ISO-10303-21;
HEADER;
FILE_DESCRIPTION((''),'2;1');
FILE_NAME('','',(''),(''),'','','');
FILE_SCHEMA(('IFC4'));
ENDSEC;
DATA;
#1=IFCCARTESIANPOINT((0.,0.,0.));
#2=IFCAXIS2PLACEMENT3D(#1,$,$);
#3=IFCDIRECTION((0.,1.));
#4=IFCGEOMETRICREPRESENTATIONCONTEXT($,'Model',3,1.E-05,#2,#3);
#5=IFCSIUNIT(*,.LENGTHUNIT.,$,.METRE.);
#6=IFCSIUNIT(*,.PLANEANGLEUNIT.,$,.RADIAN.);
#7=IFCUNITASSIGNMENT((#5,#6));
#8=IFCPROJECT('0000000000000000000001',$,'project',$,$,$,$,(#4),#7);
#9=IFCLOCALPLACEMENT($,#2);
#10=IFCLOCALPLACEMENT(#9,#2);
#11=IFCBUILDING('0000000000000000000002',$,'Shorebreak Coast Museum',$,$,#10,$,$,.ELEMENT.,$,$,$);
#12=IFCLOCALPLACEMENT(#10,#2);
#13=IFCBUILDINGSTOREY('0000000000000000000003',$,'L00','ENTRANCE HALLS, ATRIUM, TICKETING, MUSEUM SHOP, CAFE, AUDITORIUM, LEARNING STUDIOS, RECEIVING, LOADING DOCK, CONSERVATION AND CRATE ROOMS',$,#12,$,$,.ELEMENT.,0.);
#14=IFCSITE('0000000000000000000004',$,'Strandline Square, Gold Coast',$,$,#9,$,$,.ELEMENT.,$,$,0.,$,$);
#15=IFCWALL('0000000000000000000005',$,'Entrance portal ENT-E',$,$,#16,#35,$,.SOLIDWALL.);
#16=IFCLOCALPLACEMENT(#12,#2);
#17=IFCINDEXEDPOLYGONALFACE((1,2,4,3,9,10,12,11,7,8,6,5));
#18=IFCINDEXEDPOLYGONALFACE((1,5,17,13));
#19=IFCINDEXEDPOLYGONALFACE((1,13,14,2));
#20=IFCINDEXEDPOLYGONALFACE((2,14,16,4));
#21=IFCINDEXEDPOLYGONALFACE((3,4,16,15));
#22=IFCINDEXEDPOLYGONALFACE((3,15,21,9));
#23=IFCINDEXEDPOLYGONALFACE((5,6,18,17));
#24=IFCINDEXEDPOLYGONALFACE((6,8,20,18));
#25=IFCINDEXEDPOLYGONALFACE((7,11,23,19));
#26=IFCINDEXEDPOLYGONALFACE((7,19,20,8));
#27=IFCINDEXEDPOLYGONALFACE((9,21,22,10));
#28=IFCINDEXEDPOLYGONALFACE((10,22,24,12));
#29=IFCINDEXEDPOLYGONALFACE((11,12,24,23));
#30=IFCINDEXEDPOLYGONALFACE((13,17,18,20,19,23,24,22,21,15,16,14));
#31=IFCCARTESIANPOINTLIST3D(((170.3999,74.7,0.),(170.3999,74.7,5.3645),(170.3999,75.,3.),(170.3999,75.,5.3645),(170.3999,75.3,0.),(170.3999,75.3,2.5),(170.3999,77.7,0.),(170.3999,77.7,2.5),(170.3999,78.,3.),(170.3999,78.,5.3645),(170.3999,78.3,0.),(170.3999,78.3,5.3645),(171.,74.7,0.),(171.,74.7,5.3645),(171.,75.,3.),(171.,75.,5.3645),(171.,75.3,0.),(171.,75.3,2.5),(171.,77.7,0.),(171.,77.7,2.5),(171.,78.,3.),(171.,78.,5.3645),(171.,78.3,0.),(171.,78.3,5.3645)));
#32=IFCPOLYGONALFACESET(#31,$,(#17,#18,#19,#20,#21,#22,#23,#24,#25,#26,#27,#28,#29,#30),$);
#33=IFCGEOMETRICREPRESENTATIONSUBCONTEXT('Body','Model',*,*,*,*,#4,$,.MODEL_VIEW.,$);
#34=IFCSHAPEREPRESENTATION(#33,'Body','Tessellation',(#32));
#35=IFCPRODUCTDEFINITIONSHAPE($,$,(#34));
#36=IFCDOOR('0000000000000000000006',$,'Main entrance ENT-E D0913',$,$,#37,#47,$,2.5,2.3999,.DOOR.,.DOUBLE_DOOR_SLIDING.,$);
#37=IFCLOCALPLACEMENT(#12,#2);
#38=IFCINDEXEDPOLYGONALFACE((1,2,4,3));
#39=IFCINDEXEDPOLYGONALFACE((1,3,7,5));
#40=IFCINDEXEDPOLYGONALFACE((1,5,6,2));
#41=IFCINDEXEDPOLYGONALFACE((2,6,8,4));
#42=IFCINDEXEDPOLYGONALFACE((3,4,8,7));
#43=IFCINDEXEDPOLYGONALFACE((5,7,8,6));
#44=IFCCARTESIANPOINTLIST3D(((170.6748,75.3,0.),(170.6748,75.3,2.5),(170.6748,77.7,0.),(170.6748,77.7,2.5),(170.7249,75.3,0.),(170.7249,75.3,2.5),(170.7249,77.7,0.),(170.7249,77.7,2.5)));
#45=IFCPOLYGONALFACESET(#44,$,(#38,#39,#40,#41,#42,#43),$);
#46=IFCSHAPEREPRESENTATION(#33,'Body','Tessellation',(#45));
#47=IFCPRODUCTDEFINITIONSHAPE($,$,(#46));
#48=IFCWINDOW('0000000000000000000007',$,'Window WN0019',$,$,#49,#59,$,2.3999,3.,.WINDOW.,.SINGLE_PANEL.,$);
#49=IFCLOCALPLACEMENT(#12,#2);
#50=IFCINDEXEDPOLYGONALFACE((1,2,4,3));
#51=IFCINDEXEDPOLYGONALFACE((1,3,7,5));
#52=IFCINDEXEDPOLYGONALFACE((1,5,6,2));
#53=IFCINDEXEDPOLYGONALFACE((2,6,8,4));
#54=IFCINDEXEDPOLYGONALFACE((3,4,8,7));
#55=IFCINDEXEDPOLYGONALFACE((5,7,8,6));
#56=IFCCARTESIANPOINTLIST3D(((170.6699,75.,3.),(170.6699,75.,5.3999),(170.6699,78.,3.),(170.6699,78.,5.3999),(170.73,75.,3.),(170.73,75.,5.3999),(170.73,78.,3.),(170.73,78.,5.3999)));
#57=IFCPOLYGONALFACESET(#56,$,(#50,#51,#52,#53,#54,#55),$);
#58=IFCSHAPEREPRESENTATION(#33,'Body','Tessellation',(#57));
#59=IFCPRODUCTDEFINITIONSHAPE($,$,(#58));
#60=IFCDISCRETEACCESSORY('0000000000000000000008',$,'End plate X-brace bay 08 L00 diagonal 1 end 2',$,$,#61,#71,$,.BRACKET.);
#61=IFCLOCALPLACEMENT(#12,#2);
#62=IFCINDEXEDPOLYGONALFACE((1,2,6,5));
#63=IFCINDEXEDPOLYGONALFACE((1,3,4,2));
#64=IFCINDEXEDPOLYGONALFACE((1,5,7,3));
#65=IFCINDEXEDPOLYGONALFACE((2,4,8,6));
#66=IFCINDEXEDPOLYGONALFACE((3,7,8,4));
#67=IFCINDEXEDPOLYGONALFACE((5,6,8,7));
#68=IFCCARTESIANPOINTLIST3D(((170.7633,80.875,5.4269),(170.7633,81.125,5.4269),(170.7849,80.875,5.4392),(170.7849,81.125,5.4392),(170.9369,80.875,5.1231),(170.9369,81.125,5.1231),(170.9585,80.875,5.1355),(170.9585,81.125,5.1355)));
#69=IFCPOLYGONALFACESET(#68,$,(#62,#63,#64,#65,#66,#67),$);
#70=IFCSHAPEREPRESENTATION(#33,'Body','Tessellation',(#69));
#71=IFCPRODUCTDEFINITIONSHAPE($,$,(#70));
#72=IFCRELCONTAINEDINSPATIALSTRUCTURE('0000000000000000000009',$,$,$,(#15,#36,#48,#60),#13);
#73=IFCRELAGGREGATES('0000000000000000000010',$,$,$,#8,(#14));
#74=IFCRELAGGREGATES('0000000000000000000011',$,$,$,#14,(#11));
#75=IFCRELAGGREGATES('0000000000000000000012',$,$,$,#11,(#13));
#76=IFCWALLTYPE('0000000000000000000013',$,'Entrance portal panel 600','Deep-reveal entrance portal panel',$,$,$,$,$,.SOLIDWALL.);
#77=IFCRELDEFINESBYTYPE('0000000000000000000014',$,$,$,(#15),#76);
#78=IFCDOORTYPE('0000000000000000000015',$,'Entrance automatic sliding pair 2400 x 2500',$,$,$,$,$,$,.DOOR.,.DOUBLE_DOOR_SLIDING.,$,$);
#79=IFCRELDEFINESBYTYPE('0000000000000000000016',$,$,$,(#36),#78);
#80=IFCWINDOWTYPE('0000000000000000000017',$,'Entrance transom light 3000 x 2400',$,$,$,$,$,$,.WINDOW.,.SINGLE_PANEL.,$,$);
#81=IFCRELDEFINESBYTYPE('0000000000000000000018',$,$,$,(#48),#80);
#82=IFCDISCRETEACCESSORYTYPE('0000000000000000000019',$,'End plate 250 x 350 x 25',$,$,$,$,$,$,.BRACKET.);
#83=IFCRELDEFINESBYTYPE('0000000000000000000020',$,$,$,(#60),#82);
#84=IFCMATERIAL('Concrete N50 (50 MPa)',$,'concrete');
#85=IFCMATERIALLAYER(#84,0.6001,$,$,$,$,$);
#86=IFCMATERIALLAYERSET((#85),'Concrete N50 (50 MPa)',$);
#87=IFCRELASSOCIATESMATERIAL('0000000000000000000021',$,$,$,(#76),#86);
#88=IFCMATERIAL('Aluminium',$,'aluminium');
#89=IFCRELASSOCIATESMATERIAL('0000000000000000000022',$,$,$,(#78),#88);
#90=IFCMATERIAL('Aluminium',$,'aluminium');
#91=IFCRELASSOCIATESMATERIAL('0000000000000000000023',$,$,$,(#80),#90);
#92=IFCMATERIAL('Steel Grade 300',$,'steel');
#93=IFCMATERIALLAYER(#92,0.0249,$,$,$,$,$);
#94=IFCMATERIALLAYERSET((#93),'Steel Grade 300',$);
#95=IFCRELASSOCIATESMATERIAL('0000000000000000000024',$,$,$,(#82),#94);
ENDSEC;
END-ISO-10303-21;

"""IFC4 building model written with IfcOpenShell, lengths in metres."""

from ifc_helpers import new_model, si_unit, direction, frame, frame_2d, origin, place, context, subcontext, project, spatial, polyline, rectangle, outline, extrude, material, layer, layer_set, type_object, element, fill, save


model = new_model("IFC4")

# Units and contexts
model_context = context("Model", 3, precision=1e-05, world=origin(), true_north=direction((0.0, 1.0)))
body_context = subcontext(model_context, "Body", "Model", "MODEL_VIEW")
ifc_project = project(units=[si_unit("LENGTHUNIT", "METRE"), si_unit("PLANEANGLEUNIT", "RADIAN")], contexts=[model_context])

# Site, building, storey
site_placement = place(None, origin())
site = spatial("IfcSite", under=ifc_project, at=site_placement, Name="Strandline Square, Gold Coast", CompositionType="ELEMENT", RefElevation=0.0)
building_placement = place(site_placement, origin())
building = spatial("IfcBuilding", under=site, at=building_placement, Name="Shorebreak Coast Museum", CompositionType="ELEMENT")
storey_placement = place(building_placement, origin())
storey = spatial("IfcBuildingStorey", under=building, at=storey_placement, Name="L00", Description="ENTRANCE HALLS, ATRIUM, TICKETING, MUSEUM SHOP, CAFE, AUDITORIUM, LEARNING STUDIOS, RECEIVING, LOADING DOCK, CONSERVATION AND CRATE ROOMS", CompositionType="ELEMENT", Elevation=0.0)

# Wall, openings, door, window
ifc_material_1 = material(Name="Concrete N50 (50 MPa)", Category="concrete")
ifc_layer_1 = layer(ifc_material_1, 0.6001)
ifc_layer_set_1 = layer_set([ifc_layer_1], Name="Concrete N50 (50 MPa)")
wall_type = type_object("IfcWallType", Name="Entrance portal panel 600", Description="Deep-reveal entrance portal panel", PredefinedType="SOLIDWALL", material=ifc_layer_set_1)
wall_placement = place(storey_placement, frame((170.7, 74.7, 0.0), z_axis=(0.0, 0.0, 1.0), x_axis=(0.0, 1.0, 0.0)))
wall = element("IfcWall", 1, at=wall_placement, inside=storey, type_object=wall_type, Name="Entrance portal ENT-E", PredefinedType="SOLIDWALL", context=body_context, shape_type="SweptSolid", body=[
    extrude(rectangle(XDim=3.6001, YDim=0.6001, at=frame_2d((1.8, 0.0))), origin(), (0.0, 0.0, 1.0), 5.3645),
])
opening_1_placement = place(wall_placement, frame((0.6001, 0.0, 0.0)))
opening_1 = element("IfcOpeningElement", 2, at=opening_1_placement, cuts=wall, PredefinedType="OPENING", context=body_context, shape_type="SweptSolid", body=[
    extrude(rectangle(XDim=2.3999, YDim=2.5, at=frame_2d((1.2, 1.25))), frame((0.0, 0.3101, 0.0), z_axis=(0.0, -1.0, 0.0), x_axis=(1.0, 0.0, 0.0)), (0.0, 0.0, 1.0), 0.6201),
])
opening_2_placement = place(wall_placement, frame((0.3, 0.0, 3.0)))
opening_2 = element("IfcOpeningElement", 3, at=opening_2_placement, cuts=wall, PredefinedType="OPENING", context=body_context, shape_type="SweptSolid", body=[
    extrude(rectangle(XDim=3.0, YDim=2.3999, at=frame_2d((1.5, 1.2))), frame((0.0, 0.3101, 0.0), z_axis=(0.0, -1.0, 0.0), x_axis=(1.0, 0.0, 0.0)), (0.0, 0.0, 1.0), 0.6201),
])
ifc_material_2 = material(Name="Aluminium", Category="aluminium")
door_type = type_object("IfcDoorType", Name="Entrance automatic sliding pair 2400 x 2500", OperationType="DOUBLE_DOOR_SLIDING", PredefinedType="DOOR", material=ifc_material_2)
door_placement = place(opening_1_placement, frame((2.3999, 0.0, 0.0), z_axis=(0.0, 0.0, 1.0), x_axis=(-1.0, 0.0, 0.0)))
door = element("IfcDoor", 4, at=door_placement, inside=storey, type_object=door_type, Name="Main entrance ENT-E D0913", OperationType="DOUBLE_DOOR_SLIDING", OverallHeight=2.5, OverallWidth=2.3999, PredefinedType="DOOR", context=body_context, shape_type="SweptSolid", body=[
    extrude(rectangle(XDim=2.3999, YDim=2.5, at=frame_2d((1.2, 1.25))), frame((0.0, 0.0249, 0.0), z_axis=(0.0, -1.0, 0.0), x_axis=(1.0, 0.0, 0.0)), (0.0, 0.0, 1.0), 0.05),
])
fill(opening_1, door)
ifc_material_3 = material(Name="Aluminium", Category="aluminium")
window_type = type_object("IfcWindowType", Name="Entrance transom light 3000 x 2400", PartitioningType="SINGLE_PANEL", PredefinedType="WINDOW", material=ifc_material_3)
window_placement = place(opening_2_placement, origin())
window = element("IfcWindow", 5, at=window_placement, inside=storey, type_object=window_type, Name="Window WN0019", OverallHeight=2.3999, OverallWidth=3.0, PartitioningType="SINGLE_PANEL", PredefinedType="WINDOW", context=body_context, shape_type="SweptSolid", body=[
    extrude(rectangle(XDim=3.0, YDim=2.3999, at=frame_2d((1.5, 1.2))), frame((0.0, 0.03, 0.0), z_axis=(0.0, -1.0, 0.0), x_axis=(1.0, 0.0, 0.0)), (0.0, 0.0, 1.0), 0.0601),
])
fill(opening_2, window)

# Discrete accessory
ifc_material_4 = material(Name="Steel Grade 300", Category="steel")
ifc_layer_2 = layer(ifc_material_4, 0.0249)
ifc_layer_set_2 = layer_set([ifc_layer_2], Name="Steel Grade 300")
discrete_accessory_type = type_object("IfcDiscreteAccessoryType", Name="End plate 250 x 350 x 25", PredefinedType="BRACKET", material=ifc_layer_set_2)
discrete_accessory_placement = place(storey_placement, frame((170.9585, 80.875, 5.1355), z_axis=(0.8682, 0.0, 0.496214), x_axis=(0.0, 1.0, 0.0)))
element("IfcDiscreteAccessory", 6, at=discrete_accessory_placement, inside=storey, type_object=discrete_accessory_type, Name="End plate X-brace bay 08 L00 diagonal 1 end 2", PredefinedType="BRACKET", context=body_context, shape_type="SweptSolid", body=[
    extrude(outline(polyline([(0.0, 0.0), (0.25, 0.0), (0.25, 0.3498), (0.0, 0.3498), (0.0, 0.0)])), origin(), (0.0, 0.0, -1.0), 0.0249),
])

save(model, "model.ifc")
